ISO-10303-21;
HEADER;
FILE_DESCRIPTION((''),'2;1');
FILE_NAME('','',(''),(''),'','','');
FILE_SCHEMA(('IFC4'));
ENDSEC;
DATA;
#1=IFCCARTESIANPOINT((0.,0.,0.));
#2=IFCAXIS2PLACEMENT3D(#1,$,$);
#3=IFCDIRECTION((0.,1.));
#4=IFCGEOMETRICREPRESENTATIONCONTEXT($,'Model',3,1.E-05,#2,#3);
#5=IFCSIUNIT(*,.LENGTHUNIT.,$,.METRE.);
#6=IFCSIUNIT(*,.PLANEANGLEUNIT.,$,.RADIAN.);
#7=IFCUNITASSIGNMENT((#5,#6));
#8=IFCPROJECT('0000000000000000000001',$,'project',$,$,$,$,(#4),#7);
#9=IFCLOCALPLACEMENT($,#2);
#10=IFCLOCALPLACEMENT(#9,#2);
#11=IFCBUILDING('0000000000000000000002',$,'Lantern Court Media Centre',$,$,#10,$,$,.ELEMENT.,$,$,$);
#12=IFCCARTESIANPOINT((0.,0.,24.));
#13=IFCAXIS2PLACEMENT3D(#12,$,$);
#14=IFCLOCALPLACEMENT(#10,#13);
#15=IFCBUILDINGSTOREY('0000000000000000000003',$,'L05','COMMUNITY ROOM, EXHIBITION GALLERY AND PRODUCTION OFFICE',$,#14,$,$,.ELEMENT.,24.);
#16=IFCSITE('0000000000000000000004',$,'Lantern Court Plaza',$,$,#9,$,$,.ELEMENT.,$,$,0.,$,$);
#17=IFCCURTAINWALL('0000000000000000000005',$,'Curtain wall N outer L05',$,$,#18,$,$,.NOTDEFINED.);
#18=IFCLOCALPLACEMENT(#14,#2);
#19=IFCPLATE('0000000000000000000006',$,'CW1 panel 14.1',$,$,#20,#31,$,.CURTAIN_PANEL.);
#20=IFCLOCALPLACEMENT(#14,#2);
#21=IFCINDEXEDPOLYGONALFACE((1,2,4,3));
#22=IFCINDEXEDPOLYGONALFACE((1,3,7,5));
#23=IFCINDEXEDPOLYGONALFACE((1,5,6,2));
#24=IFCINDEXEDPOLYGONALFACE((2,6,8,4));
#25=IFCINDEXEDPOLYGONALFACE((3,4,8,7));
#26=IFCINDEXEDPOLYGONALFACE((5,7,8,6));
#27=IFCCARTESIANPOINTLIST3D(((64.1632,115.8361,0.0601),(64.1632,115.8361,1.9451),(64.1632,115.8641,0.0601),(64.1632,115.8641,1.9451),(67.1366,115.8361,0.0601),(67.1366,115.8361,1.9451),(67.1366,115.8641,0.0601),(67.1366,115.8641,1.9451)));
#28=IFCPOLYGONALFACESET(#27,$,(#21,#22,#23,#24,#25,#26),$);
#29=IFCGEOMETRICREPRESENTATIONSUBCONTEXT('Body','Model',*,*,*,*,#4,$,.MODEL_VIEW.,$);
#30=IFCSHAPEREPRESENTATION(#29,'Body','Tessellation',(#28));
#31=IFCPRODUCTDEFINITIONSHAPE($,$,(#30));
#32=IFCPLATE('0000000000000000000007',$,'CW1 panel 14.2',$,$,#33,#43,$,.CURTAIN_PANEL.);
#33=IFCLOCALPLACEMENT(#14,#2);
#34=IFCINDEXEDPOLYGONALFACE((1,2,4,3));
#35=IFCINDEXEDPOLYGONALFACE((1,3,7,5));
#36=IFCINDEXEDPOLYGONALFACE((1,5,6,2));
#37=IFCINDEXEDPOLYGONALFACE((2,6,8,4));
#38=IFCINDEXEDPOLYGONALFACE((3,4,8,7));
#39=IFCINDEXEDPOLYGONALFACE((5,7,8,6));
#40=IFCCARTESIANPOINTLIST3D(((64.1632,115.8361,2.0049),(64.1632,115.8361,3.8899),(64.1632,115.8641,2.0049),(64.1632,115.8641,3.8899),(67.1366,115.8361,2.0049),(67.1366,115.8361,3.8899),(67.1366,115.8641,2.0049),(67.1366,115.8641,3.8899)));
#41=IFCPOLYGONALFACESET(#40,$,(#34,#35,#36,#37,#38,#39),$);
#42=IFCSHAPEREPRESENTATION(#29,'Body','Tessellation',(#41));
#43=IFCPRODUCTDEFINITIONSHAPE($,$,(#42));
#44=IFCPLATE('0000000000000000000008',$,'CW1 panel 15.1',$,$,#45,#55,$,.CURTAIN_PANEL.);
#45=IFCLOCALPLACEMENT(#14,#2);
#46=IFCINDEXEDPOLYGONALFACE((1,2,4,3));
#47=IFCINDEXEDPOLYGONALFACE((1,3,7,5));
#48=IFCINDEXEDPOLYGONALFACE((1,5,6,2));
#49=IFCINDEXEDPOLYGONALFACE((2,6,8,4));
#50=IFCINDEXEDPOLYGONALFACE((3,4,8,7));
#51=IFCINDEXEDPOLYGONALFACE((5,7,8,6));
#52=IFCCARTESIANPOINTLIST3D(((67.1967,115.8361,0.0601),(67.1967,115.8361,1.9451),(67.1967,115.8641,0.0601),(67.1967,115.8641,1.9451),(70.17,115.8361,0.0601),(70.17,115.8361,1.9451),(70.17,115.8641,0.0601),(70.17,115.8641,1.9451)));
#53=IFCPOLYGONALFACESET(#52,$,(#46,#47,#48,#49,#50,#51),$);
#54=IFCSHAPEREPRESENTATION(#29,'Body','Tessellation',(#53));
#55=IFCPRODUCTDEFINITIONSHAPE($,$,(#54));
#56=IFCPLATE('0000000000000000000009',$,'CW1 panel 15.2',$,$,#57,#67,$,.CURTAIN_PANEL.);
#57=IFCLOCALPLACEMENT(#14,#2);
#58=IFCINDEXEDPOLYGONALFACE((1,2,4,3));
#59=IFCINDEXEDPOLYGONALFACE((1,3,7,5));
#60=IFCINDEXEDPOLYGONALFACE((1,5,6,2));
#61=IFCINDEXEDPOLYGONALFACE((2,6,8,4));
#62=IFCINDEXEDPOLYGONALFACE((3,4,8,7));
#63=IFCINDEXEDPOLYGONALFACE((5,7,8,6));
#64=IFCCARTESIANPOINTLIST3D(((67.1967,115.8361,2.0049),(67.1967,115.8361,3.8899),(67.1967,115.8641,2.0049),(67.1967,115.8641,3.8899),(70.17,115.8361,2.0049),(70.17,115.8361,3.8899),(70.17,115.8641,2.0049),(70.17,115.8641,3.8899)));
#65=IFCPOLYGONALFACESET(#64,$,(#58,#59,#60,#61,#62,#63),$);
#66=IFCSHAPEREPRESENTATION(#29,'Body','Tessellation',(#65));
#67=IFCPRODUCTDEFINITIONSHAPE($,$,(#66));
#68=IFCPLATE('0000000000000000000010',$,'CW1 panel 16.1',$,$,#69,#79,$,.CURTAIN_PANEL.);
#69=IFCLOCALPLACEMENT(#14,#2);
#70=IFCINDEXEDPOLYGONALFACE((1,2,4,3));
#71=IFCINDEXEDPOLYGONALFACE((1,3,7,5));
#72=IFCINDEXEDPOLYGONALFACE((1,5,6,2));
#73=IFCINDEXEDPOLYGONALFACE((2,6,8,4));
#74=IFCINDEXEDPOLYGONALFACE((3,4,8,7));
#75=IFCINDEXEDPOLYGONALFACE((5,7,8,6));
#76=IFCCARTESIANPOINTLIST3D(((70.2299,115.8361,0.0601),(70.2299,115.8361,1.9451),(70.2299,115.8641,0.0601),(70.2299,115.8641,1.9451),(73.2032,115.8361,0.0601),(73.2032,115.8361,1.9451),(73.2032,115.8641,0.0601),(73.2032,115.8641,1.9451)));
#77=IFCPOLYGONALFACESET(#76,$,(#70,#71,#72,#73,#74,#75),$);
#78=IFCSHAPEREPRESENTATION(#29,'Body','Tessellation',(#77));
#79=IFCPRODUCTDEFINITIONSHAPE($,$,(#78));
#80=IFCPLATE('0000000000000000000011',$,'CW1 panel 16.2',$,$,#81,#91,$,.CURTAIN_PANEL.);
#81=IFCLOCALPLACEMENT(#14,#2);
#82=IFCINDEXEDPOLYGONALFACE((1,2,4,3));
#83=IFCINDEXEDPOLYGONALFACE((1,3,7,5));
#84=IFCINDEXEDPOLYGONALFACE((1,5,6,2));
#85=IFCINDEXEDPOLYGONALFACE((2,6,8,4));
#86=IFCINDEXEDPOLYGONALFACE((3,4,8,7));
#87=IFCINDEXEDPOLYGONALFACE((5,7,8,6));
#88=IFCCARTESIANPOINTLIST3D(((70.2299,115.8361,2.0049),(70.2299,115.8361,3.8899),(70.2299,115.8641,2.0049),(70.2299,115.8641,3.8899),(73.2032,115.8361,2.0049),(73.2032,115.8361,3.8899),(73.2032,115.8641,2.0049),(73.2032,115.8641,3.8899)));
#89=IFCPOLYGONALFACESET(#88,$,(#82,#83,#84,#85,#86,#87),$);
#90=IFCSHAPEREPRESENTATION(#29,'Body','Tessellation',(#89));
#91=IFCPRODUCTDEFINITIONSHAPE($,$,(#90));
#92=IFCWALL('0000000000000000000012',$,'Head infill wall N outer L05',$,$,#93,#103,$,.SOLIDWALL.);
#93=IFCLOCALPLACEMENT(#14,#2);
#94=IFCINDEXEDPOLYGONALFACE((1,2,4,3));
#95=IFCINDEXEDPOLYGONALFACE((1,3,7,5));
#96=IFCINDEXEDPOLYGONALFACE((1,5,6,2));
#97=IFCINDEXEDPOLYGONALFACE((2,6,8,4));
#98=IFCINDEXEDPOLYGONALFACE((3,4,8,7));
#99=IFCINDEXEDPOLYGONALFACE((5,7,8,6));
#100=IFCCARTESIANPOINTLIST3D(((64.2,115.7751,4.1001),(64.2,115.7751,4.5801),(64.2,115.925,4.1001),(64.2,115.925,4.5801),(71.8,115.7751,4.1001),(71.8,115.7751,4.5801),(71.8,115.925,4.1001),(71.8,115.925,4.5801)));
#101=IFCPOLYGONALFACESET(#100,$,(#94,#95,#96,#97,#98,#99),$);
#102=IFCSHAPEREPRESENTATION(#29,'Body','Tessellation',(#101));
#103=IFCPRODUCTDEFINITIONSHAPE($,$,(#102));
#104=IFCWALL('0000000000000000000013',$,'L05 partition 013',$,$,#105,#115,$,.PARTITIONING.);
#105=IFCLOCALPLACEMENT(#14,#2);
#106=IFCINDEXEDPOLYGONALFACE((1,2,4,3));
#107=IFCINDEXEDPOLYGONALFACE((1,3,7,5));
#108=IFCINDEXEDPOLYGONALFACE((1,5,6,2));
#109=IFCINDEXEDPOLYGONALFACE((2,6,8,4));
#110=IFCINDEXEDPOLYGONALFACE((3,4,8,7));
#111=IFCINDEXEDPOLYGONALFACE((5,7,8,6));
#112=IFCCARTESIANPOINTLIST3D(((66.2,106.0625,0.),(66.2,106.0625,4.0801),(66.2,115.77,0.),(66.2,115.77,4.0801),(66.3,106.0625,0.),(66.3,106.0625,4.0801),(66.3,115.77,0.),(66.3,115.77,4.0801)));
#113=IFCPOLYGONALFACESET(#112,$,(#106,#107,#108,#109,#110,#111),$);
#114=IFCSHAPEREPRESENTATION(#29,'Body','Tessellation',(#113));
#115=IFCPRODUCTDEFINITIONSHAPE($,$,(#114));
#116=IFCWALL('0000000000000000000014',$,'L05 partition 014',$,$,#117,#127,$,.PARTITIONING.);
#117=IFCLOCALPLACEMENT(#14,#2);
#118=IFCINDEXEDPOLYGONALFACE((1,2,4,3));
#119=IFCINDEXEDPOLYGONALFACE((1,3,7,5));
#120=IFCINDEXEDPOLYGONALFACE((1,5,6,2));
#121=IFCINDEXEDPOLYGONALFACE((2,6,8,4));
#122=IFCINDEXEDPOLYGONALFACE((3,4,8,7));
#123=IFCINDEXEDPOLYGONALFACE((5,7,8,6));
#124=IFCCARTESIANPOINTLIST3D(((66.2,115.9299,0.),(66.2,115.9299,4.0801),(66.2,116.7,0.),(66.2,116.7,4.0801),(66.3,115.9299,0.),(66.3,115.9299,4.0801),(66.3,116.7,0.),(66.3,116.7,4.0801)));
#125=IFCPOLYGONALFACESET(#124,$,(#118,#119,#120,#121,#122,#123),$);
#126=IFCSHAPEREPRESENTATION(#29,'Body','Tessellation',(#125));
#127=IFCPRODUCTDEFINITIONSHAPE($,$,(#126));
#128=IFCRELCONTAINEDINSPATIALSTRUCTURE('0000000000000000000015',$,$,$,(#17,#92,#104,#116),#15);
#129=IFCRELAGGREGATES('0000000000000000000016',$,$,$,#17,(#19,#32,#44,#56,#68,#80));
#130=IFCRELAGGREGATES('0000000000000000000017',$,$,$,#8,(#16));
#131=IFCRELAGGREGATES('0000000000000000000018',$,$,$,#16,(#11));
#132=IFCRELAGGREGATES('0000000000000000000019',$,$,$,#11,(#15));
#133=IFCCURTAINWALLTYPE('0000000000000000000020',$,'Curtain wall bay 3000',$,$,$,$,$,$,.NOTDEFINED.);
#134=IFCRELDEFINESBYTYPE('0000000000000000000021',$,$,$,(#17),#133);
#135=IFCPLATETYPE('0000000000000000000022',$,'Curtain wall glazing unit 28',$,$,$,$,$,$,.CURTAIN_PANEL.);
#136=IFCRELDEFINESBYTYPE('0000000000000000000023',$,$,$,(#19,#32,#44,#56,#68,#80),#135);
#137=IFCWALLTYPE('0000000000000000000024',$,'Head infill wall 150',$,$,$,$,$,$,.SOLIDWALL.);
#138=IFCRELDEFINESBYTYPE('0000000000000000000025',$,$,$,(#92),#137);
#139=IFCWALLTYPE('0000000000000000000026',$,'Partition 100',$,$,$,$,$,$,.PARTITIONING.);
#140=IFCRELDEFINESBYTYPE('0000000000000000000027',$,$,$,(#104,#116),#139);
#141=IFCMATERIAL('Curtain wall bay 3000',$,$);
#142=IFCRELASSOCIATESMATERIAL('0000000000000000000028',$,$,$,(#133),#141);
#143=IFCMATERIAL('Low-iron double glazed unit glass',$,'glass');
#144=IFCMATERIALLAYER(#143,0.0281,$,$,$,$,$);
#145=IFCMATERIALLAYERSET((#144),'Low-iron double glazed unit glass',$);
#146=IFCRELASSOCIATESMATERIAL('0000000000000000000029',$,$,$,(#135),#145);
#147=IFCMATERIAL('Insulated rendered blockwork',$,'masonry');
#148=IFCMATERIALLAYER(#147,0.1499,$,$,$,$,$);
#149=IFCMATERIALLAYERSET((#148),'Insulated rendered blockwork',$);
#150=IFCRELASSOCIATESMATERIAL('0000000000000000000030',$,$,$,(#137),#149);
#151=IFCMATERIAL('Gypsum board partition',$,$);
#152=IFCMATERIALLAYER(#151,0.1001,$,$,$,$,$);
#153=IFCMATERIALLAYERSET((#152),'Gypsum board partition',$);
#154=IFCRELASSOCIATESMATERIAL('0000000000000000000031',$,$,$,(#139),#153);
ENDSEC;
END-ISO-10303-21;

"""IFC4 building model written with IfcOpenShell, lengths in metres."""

from ifc_helpers import new_model, si_unit, direction, frame, frame_2d, origin, origin_2d, place, context, subcontext, project, spatial, rectangle, extrude, material, layer, layer_set, type_object, element, aggregate, save


model = new_model("IFC4")

# Units and contexts
model_context = context("Model", 3, precision=1e-05, world=origin(), true_north=direction((0.0, 1.0)))
body_context = subcontext(model_context, "Body", "Model", "MODEL_VIEW")
ifc_project = project(units=[si_unit("LENGTHUNIT", "METRE"), si_unit("PLANEANGLEUNIT", "RADIAN")], contexts=[model_context])

# Site, building, storey
site_placement = place(None, origin())
site = spatial("IfcSite", under=ifc_project, at=site_placement, Name="Lantern Court Plaza", CompositionType="ELEMENT", RefElevation=0.0)
building_placement = place(site_placement, origin())
building = spatial("IfcBuilding", under=site, at=building_placement, Name="Lantern Court Media Centre", CompositionType="ELEMENT")
storey_placement = place(building_placement, frame((0.0, 0.0, 24.0)))
storey = spatial("IfcBuildingStorey", under=building, at=storey_placement, Name="L05", Description="COMMUNITY ROOM, EXHIBITION GALLERY AND PRODUCTION OFFICE", CompositionType="ELEMENT", Elevation=24.0)

# Curtain wall
ifc_material_1 = material(Name="Curtain wall bay 3000")
curtain_wall_type = type_object("IfcCurtainWallType", Name="Curtain wall bay 3000", PredefinedType="NOTDEFINED", material=ifc_material_1)
curtain_wall_placement = place(storey_placement, origin())
curtain_wall = element("IfcCurtainWall", 1, at=curtain_wall_placement, inside=storey, type_object=curtain_wall_type, Name="Curtain wall N outer L05", PredefinedType="NOTDEFINED")

# Plates
ifc_material_2 = material(Name="Low-iron double glazed unit glass", Category="glass")
ifc_layer_1 = layer(ifc_material_2, 0.0281)
ifc_layer_set_1 = layer_set([ifc_layer_1], Name="Low-iron double glazed unit glass")
plate_type = type_object("IfcPlateType", Name="Curtain wall glazing unit 28", PredefinedType="CURTAIN_PANEL", material=ifc_layer_set_1)
plate_1_placement = place(storey_placement, frame((65.6499, 115.8501, 0.0601), z_axis=(0.0, 0.0, 1.0), x_axis=(1.0, 0.0, 0.0)))
plate_1 = element("IfcPlate", 2, at=plate_1_placement, type_object=plate_type, Name="CW1 panel 14.1", PredefinedType="CURTAIN_PANEL", context=body_context, shape_type="SweptSolid", body=[
    extrude(rectangle(XDim=2.9734, YDim=0.0281, at=origin_2d()), origin(), (0.0, 0.0, 1.0), 1.885),
])
plate_2_placement = place(storey_placement, frame((65.6499, 115.8501, 2.0049), z_axis=(0.0, 0.0, 1.0), x_axis=(1.0, 0.0, 0.0)))
plate_2 = element("IfcPlate", 3, at=plate_2_placement, type_object=plate_type, Name="CW1 panel 14.2", PredefinedType="CURTAIN_PANEL", context=body_context, shape_type="SweptSolid", body=[
    extrude(rectangle(XDim=2.9734, YDim=0.0281, at=origin_2d()), origin(), (0.0, 0.0, 1.0), 1.885),
])
plate_3_placement = place(storey_placement, frame((68.6833, 115.8501, 0.0601), z_axis=(0.0, 0.0, 1.0), x_axis=(1.0, 0.0, 0.0)))
plate_3 = element("IfcPlate", 4, at=plate_3_placement, type_object=plate_type, Name="CW1 panel 15.1", PredefinedType="CURTAIN_PANEL", context=body_context, shape_type="SweptSolid", body=[
    extrude(rectangle(XDim=2.9734, YDim=0.0281, at=origin_2d()), origin(), (0.0, 0.0, 1.0), 1.885),
])
plate_4_placement = place(storey_placement, frame((68.6833, 115.8501, 2.0049), z_axis=(0.0, 0.0, 1.0), x_axis=(1.0, 0.0, 0.0)))
plate_4 = element("IfcPlate", 5, at=plate_4_placement, type_object=plate_type, Name="CW1 panel 15.2", PredefinedType="CURTAIN_PANEL", context=body_context, shape_type="SweptSolid", body=[
    extrude(rectangle(XDim=2.9734, YDim=0.0281, at=origin_2d()), origin(), (0.0, 0.0, 1.0), 1.885),
])
plate_5_placement = place(storey_placement, frame((71.7166, 115.8501, 0.0601), z_axis=(0.0, 0.0, 1.0), x_axis=(1.0, 0.0, 0.0)))
plate_5 = element("IfcPlate", 6, at=plate_5_placement, type_object=plate_type, Name="CW1 panel 16.1", PredefinedType="CURTAIN_PANEL", context=body_context, shape_type="SweptSolid", body=[
    extrude(rectangle(XDim=2.9734, YDim=0.0281, at=origin_2d()), origin(), (0.0, 0.0, 1.0), 1.885),
])
plate_6_placement = place(storey_placement, frame((71.7166, 115.8501, 2.0049), z_axis=(0.0, 0.0, 1.0), x_axis=(1.0, 0.0, 0.0)))
plate_6 = element("IfcPlate", 7, at=plate_6_placement, type_object=plate_type, Name="CW1 panel 16.2", PredefinedType="CURTAIN_PANEL", context=body_context, shape_type="SweptSolid", body=[
    extrude(rectangle(XDim=2.9734, YDim=0.0281, at=origin_2d()), origin(), (0.0, 0.0, 1.0), 1.885),
])
aggregate(curtain_wall, [plate_1, plate_2, plate_3, plate_4, plate_5, plate_6])

# Walls
ifc_material_3 = material(Name="Insulated rendered blockwork", Category="masonry")
ifc_layer_2 = layer(ifc_material_3, 0.1499)
ifc_layer_set_2 = layer_set([ifc_layer_2], Name="Insulated rendered blockwork")
wall_type_1 = type_object("IfcWallType", Name="Head infill wall 150", PredefinedType="SOLIDWALL", material=ifc_layer_set_2)
wall_1_placement = place(storey_placement, frame((64.2, 115.8501, 4.1001), z_axis=(0.0, 0.0, 1.0), x_axis=(1.0, 0.0, 0.0)))
element("IfcWall", 8, at=wall_1_placement, inside=storey, type_object=wall_type_1, Name="Head infill wall N outer L05", PredefinedType="SOLIDWALL", context=body_context, shape_type="SweptSolid", body=[
    extrude(rectangle(XDim=7.6001, YDim=0.1499, at=frame_2d((3.8, 0.0))), origin(), (0.0, 0.0, 1.0), 0.48),
])
ifc_material_4 = material(Name="Gypsum board partition")
ifc_layer_3 = layer(ifc_material_4, 0.1001)
ifc_layer_set_3 = layer_set([ifc_layer_3], Name="Gypsum board partition")
wall_type_2 = type_object("IfcWallType", Name="Partition 100", PredefinedType="PARTITIONING", material=ifc_layer_set_3)
wall_2_placement = place(storey_placement, frame((66.25, 106.0625, 0.0), z_axis=(0.0, 0.0, 1.0), x_axis=(0.0, 1.0, 0.0)))
element("IfcWall", 9, at=wall_2_placement, inside=storey, type_object=wall_type_2, Name="L05 partition 013", PredefinedType="PARTITIONING", context=body_context, shape_type="SweptSolid", body=[
    extrude(rectangle(XDim=9.7075, YDim=0.1001, at=frame_2d((4.8538, 0.0))), origin(), (0.0, 0.0, 1.0), 4.0801),
])
wall_3_placement = place(storey_placement, frame((66.25, 115.9299, 0.0), z_axis=(0.0, 0.0, 1.0), x_axis=(0.0, 1.0, 0.0)))
element("IfcWall", 10, at=wall_3_placement, inside=storey, type_object=wall_type_2, Name="L05 partition 014", PredefinedType="PARTITIONING", context=body_context, shape_type="SweptSolid", body=[
    extrude(rectangle(XDim=0.77, YDim=0.1001, at=frame_2d((0.385, 0.0))), origin(), (0.0, 0.0, 1.0), 4.0801),
])

save(model, "model.ifc")
